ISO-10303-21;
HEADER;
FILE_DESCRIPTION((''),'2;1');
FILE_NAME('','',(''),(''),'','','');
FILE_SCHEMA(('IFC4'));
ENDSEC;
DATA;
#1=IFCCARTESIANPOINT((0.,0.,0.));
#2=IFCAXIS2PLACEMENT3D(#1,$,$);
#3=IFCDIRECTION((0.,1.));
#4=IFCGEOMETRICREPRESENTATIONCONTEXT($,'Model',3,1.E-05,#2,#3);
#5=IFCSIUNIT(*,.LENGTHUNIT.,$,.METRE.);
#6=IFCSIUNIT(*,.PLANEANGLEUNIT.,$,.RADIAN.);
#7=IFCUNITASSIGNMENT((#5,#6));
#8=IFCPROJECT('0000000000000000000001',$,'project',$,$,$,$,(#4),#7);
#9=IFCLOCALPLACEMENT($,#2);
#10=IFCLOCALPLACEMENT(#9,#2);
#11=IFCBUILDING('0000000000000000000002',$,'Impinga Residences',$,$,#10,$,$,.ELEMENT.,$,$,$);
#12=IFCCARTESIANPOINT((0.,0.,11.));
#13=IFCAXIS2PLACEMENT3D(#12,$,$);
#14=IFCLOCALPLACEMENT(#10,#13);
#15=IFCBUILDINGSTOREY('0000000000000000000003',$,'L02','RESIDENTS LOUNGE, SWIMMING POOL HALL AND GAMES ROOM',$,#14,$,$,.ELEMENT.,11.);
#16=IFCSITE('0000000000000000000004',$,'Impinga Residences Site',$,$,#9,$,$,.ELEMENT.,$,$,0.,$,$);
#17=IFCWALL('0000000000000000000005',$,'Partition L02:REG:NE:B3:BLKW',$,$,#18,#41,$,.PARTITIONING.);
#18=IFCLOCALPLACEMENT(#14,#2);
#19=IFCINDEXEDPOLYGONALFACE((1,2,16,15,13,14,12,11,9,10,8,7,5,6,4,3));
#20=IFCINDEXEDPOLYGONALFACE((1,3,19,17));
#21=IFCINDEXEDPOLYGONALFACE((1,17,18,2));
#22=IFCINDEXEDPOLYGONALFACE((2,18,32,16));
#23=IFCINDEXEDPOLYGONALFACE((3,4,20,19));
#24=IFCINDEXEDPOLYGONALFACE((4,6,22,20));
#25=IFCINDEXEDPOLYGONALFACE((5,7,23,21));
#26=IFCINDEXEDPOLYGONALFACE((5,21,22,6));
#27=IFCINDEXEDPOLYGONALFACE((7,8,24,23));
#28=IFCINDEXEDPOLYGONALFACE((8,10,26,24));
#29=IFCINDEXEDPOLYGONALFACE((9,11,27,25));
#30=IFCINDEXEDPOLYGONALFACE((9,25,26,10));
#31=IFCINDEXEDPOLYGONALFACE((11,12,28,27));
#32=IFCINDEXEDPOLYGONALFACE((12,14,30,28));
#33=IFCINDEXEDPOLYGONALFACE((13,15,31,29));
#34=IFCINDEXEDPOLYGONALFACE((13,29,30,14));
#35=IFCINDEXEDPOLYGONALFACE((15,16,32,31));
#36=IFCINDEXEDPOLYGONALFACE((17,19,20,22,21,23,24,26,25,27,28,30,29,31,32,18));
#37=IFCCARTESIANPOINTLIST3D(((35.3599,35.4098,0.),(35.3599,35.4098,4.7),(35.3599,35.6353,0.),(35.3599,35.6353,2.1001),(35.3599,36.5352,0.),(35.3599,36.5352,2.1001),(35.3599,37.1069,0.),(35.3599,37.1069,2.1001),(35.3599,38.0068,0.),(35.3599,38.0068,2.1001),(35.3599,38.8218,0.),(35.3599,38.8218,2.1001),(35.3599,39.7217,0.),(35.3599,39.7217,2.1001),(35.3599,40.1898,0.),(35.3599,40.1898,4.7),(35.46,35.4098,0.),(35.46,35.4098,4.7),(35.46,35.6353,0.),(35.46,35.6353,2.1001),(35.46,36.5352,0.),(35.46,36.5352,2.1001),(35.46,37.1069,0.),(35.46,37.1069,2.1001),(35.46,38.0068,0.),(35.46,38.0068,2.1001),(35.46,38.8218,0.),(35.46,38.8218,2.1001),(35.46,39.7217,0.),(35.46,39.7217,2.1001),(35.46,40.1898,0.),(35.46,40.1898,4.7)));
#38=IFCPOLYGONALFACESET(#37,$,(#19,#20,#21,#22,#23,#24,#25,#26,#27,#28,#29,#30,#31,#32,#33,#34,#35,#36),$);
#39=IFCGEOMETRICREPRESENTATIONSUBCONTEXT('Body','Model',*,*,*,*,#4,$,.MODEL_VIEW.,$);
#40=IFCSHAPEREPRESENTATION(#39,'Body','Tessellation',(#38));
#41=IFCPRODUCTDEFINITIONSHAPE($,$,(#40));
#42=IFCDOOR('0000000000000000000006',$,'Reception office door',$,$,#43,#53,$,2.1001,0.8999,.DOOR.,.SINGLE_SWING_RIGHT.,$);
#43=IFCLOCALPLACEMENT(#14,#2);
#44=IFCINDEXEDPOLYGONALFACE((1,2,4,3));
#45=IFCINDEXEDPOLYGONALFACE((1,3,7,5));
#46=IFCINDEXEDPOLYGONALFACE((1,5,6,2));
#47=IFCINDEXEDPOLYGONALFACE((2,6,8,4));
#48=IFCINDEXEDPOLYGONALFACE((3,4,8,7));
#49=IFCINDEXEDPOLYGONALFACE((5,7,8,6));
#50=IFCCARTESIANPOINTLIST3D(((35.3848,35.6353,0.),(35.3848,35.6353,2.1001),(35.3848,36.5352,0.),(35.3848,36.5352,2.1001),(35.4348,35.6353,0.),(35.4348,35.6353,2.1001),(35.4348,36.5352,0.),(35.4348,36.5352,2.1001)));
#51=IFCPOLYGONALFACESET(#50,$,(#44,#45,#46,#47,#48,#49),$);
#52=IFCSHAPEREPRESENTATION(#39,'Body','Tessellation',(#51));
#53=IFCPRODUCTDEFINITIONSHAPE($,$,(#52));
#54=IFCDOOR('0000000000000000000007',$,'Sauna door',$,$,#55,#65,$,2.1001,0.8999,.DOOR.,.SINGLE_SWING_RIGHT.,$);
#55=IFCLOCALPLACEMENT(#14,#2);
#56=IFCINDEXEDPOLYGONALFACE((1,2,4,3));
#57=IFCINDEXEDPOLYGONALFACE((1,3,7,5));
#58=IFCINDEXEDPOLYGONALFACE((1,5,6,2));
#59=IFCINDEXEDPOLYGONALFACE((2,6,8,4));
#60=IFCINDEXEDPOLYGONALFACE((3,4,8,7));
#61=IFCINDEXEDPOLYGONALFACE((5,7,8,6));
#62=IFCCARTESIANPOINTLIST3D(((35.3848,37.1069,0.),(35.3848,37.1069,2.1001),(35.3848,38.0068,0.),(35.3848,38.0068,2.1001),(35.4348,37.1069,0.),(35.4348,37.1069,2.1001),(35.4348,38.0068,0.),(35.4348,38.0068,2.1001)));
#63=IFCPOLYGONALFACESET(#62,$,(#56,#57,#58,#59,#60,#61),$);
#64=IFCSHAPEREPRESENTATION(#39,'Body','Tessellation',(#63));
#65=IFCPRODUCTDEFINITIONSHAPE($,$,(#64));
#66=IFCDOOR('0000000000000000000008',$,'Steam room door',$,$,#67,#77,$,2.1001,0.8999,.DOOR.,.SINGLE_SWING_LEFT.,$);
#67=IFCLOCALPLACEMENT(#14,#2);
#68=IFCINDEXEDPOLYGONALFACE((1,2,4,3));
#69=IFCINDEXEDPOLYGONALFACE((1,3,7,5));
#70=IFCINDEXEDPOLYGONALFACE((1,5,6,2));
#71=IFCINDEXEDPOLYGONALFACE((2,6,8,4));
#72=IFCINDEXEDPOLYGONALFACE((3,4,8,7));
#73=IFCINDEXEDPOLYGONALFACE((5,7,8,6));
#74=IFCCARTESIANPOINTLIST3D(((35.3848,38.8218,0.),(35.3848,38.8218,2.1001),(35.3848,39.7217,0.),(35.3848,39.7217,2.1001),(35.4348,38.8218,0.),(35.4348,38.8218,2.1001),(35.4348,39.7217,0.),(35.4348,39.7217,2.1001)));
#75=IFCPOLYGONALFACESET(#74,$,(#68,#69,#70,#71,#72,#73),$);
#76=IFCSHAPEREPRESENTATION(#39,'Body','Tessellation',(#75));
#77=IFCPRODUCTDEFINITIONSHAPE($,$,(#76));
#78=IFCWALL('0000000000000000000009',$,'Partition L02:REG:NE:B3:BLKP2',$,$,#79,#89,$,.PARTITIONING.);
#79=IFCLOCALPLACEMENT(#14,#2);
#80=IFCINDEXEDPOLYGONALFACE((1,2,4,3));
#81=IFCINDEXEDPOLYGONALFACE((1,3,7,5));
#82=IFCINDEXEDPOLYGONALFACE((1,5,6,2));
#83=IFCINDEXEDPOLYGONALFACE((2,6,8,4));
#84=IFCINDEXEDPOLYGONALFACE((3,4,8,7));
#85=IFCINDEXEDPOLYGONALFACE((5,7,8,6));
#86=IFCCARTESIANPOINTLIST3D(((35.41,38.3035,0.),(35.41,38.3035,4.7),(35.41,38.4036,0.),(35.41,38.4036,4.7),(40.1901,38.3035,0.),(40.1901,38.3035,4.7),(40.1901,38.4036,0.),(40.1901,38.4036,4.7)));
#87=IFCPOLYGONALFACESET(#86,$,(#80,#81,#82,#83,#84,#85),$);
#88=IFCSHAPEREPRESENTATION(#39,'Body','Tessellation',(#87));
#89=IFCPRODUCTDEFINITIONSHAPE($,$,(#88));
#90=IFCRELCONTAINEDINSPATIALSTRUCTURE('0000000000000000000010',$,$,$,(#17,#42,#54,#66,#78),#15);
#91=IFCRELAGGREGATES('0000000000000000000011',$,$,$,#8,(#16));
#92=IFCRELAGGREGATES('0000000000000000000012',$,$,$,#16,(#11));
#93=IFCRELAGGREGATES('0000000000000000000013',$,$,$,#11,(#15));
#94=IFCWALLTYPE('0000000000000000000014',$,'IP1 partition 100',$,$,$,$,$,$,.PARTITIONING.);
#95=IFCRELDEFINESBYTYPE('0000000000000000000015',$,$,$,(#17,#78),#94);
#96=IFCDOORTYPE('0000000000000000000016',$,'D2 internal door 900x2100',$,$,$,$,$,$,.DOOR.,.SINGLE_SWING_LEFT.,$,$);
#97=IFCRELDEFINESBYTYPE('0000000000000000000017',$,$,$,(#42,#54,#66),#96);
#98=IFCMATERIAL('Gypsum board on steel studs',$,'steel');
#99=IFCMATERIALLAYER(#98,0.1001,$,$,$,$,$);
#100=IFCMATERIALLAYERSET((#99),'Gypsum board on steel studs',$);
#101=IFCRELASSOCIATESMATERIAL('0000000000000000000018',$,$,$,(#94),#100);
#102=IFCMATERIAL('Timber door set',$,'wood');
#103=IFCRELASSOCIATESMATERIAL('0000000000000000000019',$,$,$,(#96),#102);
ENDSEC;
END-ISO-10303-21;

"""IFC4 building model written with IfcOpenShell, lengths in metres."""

from ifc_helpers import new_model, si_unit, direction, frame, frame_2d, origin, place, context, subcontext, project, spatial, rectangle, extrude, material, layer, layer_set, type_object, element, fill, save


model = new_model("IFC4")

# Units and contexts
model_context = context("Model", 3, precision=1e-05, world=origin(), true_north=direction((0.0, 1.0)))
body_context = subcontext(model_context, "Body", "Model", "MODEL_VIEW")
ifc_project = project(units=[si_unit("LENGTHUNIT", "METRE"), si_unit("PLANEANGLEUNIT", "RADIAN")], contexts=[model_context])

# Site, building, storey
site_placement = place(None, origin())
site = spatial("IfcSite", under=ifc_project, at=site_placement, Name="Impinga Residences Site", CompositionType="ELEMENT", RefElevation=0.0)
building_placement = place(site_placement, origin())
building = spatial("IfcBuilding", under=site, at=building_placement, Name="Impinga Residences", CompositionType="ELEMENT")
storey_placement = place(building_placement, frame((0.0, 0.0, 11.0)))
storey = spatial("IfcBuildingStorey", under=building, at=storey_placement, Name="L02", Description="RESIDENTS LOUNGE, SWIMMING POOL HALL AND GAMES ROOM", CompositionType="ELEMENT", Elevation=11.0)

# Shared definitions
ifc_material_1 = material(Name="Gypsum board on steel studs", Category="steel")
ifc_layer_1 = layer(ifc_material_1, 0.1001)
ifc_layer_set_1 = layer_set([ifc_layer_1], Name="Gypsum board on steel studs")
wall_type = type_object("IfcWallType", Name="IP1 partition 100", PredefinedType="PARTITIONING", material=ifc_layer_set_1)

# Wall, openings, doors
wall_1_placement = place(storey_placement, frame((35.4099, 40.1899, 0.0), z_axis=(0.0, 0.0, 1.0), x_axis=(0.0, -1.0, 0.0)))
wall_1 = element("IfcWall", 1, at=wall_1_placement, inside=storey, type_object=wall_type, Name="Partition L02:REG:NE:B3:BLKW", PredefinedType="PARTITIONING", context=body_context, shape_type="SweptSolid", body=[
    extrude(rectangle(XDim=4.78, YDim=0.1001, at=frame_2d((2.3901, 0.0))), origin(), (0.0, 0.0, 1.0), 4.7),
])
opening_1_placement = place(wall_1_placement, frame((3.6548, 0.0, 0.0)))
opening_1 = element("IfcOpeningElement", 2, at=opening_1_placement, cuts=wall_1, PredefinedType="OPENING", context=body_context, shape_type="SweptSolid", body=[
    extrude(rectangle(XDim=0.8999, YDim=2.1001, at=frame_2d((0.45, 1.05))), frame((0.0, 0.0601, 0.0), z_axis=(0.0, -1.0, 0.0), x_axis=(1.0, 0.0, 0.0)), (0.0, 0.0, 1.0), 0.1201),
])
opening_2_placement = place(wall_1_placement, frame((2.1831, 0.0, 0.0)))
opening_2 = element("IfcOpeningElement", 3, at=opening_2_placement, cuts=wall_1, PredefinedType="OPENING", context=body_context, shape_type="SweptSolid", body=[
    extrude(rectangle(XDim=0.8999, YDim=2.1001, at=frame_2d((0.45, 1.05))), frame((0.0, 0.0601, 0.0), z_axis=(0.0, -1.0, 0.0), x_axis=(1.0, 0.0, 0.0)), (0.0, 0.0, 1.0), 0.1201),
])
opening_3_placement = place(wall_1_placement, frame((0.4683, 0.0, 0.0)))
opening_3 = element("IfcOpeningElement", 4, at=opening_3_placement, cuts=wall_1, PredefinedType="OPENING", context=body_context, shape_type="SweptSolid", body=[
    extrude(rectangle(XDim=0.8999, YDim=2.1001, at=frame_2d((0.45, 1.05))), frame((0.0, 0.0601, 0.0), z_axis=(0.0, -1.0, 0.0), x_axis=(1.0, 0.0, 0.0)), (0.0, 0.0, 1.0), 0.1201),
])
ifc_material_2 = material(Name="Timber door set", Category="wood")
door_type = type_object("IfcDoorType", Name="D2 internal door 900x2100", OperationType="SINGLE_SWING_LEFT", PredefinedType="DOOR", material=ifc_material_2)
door_1_placement = place(opening_1_placement, origin())
door_1 = element("IfcDoor", 5, at=door_1_placement, inside=storey, type_object=door_type, Name="Reception office door", OperationType="SINGLE_SWING_RIGHT", OverallHeight=2.1001, OverallWidth=0.8999, PredefinedType="DOOR", context=body_context, shape_type="SweptSolid", body=[
    extrude(rectangle(XDim=0.8999, YDim=2.1001, at=frame_2d((0.45, 1.05))), frame((0.0, 0.0249, 0.0), z_axis=(0.0, -1.0, 0.0), x_axis=(1.0, 0.0, 0.0)), (0.0, 0.0, 1.0), 0.05),
])
fill(opening_1, door_1)
door_2_placement = place(opening_2_placement, origin())
door_2 = element("IfcDoor", 6, at=door_2_placement, inside=storey, type_object=door_type, Name="Sauna door", OperationType="SINGLE_SWING_RIGHT", OverallHeight=2.1001, OverallWidth=0.8999, PredefinedType="DOOR", context=body_context, shape_type="SweptSolid", body=[
    extrude(rectangle(XDim=0.8999, YDim=2.1001, at=frame_2d((0.45, 1.05))), frame((0.0, 0.0249, 0.0), z_axis=(0.0, -1.0, 0.0), x_axis=(1.0, 0.0, 0.0)), (0.0, 0.0, 1.0), 0.05),
])
fill(opening_2, door_2)
door_3_placement = place(opening_3_placement, origin())
door_3 = element("IfcDoor", 7, at=door_3_placement, inside=storey, type_object=door_type, Name="Steam room door", OperationType="SINGLE_SWING_LEFT", OverallHeight=2.1001, OverallWidth=0.8999, PredefinedType="DOOR", context=body_context, shape_type="SweptSolid", body=[
    extrude(rectangle(XDim=0.8999, YDim=2.1001, at=frame_2d((0.45, 1.05))), frame((0.0, 0.0249, 0.0), z_axis=(0.0, -1.0, 0.0), x_axis=(1.0, 0.0, 0.0)), (0.0, 0.0, 1.0), 0.05),
])
fill(opening_3, door_3)

# Wall
wall_2_placement = place(storey_placement, frame((35.4099, 38.3535, 0.0), z_axis=(0.0, 0.0, 1.0), x_axis=(1.0, 0.0, 0.0)))
element("IfcWall", 8, at=wall_2_placement, inside=storey, type_object=wall_type, Name="Partition L02:REG:NE:B3:BLKP2", PredefinedType="PARTITIONING", context=body_context, shape_type="SweptSolid", body=[
    extrude(rectangle(XDim=4.78, YDim=0.1001, at=frame_2d((2.3901, 0.0))), origin(), (0.0, 0.0, 1.0), 4.7),
])

save(model, "model.ifc")
